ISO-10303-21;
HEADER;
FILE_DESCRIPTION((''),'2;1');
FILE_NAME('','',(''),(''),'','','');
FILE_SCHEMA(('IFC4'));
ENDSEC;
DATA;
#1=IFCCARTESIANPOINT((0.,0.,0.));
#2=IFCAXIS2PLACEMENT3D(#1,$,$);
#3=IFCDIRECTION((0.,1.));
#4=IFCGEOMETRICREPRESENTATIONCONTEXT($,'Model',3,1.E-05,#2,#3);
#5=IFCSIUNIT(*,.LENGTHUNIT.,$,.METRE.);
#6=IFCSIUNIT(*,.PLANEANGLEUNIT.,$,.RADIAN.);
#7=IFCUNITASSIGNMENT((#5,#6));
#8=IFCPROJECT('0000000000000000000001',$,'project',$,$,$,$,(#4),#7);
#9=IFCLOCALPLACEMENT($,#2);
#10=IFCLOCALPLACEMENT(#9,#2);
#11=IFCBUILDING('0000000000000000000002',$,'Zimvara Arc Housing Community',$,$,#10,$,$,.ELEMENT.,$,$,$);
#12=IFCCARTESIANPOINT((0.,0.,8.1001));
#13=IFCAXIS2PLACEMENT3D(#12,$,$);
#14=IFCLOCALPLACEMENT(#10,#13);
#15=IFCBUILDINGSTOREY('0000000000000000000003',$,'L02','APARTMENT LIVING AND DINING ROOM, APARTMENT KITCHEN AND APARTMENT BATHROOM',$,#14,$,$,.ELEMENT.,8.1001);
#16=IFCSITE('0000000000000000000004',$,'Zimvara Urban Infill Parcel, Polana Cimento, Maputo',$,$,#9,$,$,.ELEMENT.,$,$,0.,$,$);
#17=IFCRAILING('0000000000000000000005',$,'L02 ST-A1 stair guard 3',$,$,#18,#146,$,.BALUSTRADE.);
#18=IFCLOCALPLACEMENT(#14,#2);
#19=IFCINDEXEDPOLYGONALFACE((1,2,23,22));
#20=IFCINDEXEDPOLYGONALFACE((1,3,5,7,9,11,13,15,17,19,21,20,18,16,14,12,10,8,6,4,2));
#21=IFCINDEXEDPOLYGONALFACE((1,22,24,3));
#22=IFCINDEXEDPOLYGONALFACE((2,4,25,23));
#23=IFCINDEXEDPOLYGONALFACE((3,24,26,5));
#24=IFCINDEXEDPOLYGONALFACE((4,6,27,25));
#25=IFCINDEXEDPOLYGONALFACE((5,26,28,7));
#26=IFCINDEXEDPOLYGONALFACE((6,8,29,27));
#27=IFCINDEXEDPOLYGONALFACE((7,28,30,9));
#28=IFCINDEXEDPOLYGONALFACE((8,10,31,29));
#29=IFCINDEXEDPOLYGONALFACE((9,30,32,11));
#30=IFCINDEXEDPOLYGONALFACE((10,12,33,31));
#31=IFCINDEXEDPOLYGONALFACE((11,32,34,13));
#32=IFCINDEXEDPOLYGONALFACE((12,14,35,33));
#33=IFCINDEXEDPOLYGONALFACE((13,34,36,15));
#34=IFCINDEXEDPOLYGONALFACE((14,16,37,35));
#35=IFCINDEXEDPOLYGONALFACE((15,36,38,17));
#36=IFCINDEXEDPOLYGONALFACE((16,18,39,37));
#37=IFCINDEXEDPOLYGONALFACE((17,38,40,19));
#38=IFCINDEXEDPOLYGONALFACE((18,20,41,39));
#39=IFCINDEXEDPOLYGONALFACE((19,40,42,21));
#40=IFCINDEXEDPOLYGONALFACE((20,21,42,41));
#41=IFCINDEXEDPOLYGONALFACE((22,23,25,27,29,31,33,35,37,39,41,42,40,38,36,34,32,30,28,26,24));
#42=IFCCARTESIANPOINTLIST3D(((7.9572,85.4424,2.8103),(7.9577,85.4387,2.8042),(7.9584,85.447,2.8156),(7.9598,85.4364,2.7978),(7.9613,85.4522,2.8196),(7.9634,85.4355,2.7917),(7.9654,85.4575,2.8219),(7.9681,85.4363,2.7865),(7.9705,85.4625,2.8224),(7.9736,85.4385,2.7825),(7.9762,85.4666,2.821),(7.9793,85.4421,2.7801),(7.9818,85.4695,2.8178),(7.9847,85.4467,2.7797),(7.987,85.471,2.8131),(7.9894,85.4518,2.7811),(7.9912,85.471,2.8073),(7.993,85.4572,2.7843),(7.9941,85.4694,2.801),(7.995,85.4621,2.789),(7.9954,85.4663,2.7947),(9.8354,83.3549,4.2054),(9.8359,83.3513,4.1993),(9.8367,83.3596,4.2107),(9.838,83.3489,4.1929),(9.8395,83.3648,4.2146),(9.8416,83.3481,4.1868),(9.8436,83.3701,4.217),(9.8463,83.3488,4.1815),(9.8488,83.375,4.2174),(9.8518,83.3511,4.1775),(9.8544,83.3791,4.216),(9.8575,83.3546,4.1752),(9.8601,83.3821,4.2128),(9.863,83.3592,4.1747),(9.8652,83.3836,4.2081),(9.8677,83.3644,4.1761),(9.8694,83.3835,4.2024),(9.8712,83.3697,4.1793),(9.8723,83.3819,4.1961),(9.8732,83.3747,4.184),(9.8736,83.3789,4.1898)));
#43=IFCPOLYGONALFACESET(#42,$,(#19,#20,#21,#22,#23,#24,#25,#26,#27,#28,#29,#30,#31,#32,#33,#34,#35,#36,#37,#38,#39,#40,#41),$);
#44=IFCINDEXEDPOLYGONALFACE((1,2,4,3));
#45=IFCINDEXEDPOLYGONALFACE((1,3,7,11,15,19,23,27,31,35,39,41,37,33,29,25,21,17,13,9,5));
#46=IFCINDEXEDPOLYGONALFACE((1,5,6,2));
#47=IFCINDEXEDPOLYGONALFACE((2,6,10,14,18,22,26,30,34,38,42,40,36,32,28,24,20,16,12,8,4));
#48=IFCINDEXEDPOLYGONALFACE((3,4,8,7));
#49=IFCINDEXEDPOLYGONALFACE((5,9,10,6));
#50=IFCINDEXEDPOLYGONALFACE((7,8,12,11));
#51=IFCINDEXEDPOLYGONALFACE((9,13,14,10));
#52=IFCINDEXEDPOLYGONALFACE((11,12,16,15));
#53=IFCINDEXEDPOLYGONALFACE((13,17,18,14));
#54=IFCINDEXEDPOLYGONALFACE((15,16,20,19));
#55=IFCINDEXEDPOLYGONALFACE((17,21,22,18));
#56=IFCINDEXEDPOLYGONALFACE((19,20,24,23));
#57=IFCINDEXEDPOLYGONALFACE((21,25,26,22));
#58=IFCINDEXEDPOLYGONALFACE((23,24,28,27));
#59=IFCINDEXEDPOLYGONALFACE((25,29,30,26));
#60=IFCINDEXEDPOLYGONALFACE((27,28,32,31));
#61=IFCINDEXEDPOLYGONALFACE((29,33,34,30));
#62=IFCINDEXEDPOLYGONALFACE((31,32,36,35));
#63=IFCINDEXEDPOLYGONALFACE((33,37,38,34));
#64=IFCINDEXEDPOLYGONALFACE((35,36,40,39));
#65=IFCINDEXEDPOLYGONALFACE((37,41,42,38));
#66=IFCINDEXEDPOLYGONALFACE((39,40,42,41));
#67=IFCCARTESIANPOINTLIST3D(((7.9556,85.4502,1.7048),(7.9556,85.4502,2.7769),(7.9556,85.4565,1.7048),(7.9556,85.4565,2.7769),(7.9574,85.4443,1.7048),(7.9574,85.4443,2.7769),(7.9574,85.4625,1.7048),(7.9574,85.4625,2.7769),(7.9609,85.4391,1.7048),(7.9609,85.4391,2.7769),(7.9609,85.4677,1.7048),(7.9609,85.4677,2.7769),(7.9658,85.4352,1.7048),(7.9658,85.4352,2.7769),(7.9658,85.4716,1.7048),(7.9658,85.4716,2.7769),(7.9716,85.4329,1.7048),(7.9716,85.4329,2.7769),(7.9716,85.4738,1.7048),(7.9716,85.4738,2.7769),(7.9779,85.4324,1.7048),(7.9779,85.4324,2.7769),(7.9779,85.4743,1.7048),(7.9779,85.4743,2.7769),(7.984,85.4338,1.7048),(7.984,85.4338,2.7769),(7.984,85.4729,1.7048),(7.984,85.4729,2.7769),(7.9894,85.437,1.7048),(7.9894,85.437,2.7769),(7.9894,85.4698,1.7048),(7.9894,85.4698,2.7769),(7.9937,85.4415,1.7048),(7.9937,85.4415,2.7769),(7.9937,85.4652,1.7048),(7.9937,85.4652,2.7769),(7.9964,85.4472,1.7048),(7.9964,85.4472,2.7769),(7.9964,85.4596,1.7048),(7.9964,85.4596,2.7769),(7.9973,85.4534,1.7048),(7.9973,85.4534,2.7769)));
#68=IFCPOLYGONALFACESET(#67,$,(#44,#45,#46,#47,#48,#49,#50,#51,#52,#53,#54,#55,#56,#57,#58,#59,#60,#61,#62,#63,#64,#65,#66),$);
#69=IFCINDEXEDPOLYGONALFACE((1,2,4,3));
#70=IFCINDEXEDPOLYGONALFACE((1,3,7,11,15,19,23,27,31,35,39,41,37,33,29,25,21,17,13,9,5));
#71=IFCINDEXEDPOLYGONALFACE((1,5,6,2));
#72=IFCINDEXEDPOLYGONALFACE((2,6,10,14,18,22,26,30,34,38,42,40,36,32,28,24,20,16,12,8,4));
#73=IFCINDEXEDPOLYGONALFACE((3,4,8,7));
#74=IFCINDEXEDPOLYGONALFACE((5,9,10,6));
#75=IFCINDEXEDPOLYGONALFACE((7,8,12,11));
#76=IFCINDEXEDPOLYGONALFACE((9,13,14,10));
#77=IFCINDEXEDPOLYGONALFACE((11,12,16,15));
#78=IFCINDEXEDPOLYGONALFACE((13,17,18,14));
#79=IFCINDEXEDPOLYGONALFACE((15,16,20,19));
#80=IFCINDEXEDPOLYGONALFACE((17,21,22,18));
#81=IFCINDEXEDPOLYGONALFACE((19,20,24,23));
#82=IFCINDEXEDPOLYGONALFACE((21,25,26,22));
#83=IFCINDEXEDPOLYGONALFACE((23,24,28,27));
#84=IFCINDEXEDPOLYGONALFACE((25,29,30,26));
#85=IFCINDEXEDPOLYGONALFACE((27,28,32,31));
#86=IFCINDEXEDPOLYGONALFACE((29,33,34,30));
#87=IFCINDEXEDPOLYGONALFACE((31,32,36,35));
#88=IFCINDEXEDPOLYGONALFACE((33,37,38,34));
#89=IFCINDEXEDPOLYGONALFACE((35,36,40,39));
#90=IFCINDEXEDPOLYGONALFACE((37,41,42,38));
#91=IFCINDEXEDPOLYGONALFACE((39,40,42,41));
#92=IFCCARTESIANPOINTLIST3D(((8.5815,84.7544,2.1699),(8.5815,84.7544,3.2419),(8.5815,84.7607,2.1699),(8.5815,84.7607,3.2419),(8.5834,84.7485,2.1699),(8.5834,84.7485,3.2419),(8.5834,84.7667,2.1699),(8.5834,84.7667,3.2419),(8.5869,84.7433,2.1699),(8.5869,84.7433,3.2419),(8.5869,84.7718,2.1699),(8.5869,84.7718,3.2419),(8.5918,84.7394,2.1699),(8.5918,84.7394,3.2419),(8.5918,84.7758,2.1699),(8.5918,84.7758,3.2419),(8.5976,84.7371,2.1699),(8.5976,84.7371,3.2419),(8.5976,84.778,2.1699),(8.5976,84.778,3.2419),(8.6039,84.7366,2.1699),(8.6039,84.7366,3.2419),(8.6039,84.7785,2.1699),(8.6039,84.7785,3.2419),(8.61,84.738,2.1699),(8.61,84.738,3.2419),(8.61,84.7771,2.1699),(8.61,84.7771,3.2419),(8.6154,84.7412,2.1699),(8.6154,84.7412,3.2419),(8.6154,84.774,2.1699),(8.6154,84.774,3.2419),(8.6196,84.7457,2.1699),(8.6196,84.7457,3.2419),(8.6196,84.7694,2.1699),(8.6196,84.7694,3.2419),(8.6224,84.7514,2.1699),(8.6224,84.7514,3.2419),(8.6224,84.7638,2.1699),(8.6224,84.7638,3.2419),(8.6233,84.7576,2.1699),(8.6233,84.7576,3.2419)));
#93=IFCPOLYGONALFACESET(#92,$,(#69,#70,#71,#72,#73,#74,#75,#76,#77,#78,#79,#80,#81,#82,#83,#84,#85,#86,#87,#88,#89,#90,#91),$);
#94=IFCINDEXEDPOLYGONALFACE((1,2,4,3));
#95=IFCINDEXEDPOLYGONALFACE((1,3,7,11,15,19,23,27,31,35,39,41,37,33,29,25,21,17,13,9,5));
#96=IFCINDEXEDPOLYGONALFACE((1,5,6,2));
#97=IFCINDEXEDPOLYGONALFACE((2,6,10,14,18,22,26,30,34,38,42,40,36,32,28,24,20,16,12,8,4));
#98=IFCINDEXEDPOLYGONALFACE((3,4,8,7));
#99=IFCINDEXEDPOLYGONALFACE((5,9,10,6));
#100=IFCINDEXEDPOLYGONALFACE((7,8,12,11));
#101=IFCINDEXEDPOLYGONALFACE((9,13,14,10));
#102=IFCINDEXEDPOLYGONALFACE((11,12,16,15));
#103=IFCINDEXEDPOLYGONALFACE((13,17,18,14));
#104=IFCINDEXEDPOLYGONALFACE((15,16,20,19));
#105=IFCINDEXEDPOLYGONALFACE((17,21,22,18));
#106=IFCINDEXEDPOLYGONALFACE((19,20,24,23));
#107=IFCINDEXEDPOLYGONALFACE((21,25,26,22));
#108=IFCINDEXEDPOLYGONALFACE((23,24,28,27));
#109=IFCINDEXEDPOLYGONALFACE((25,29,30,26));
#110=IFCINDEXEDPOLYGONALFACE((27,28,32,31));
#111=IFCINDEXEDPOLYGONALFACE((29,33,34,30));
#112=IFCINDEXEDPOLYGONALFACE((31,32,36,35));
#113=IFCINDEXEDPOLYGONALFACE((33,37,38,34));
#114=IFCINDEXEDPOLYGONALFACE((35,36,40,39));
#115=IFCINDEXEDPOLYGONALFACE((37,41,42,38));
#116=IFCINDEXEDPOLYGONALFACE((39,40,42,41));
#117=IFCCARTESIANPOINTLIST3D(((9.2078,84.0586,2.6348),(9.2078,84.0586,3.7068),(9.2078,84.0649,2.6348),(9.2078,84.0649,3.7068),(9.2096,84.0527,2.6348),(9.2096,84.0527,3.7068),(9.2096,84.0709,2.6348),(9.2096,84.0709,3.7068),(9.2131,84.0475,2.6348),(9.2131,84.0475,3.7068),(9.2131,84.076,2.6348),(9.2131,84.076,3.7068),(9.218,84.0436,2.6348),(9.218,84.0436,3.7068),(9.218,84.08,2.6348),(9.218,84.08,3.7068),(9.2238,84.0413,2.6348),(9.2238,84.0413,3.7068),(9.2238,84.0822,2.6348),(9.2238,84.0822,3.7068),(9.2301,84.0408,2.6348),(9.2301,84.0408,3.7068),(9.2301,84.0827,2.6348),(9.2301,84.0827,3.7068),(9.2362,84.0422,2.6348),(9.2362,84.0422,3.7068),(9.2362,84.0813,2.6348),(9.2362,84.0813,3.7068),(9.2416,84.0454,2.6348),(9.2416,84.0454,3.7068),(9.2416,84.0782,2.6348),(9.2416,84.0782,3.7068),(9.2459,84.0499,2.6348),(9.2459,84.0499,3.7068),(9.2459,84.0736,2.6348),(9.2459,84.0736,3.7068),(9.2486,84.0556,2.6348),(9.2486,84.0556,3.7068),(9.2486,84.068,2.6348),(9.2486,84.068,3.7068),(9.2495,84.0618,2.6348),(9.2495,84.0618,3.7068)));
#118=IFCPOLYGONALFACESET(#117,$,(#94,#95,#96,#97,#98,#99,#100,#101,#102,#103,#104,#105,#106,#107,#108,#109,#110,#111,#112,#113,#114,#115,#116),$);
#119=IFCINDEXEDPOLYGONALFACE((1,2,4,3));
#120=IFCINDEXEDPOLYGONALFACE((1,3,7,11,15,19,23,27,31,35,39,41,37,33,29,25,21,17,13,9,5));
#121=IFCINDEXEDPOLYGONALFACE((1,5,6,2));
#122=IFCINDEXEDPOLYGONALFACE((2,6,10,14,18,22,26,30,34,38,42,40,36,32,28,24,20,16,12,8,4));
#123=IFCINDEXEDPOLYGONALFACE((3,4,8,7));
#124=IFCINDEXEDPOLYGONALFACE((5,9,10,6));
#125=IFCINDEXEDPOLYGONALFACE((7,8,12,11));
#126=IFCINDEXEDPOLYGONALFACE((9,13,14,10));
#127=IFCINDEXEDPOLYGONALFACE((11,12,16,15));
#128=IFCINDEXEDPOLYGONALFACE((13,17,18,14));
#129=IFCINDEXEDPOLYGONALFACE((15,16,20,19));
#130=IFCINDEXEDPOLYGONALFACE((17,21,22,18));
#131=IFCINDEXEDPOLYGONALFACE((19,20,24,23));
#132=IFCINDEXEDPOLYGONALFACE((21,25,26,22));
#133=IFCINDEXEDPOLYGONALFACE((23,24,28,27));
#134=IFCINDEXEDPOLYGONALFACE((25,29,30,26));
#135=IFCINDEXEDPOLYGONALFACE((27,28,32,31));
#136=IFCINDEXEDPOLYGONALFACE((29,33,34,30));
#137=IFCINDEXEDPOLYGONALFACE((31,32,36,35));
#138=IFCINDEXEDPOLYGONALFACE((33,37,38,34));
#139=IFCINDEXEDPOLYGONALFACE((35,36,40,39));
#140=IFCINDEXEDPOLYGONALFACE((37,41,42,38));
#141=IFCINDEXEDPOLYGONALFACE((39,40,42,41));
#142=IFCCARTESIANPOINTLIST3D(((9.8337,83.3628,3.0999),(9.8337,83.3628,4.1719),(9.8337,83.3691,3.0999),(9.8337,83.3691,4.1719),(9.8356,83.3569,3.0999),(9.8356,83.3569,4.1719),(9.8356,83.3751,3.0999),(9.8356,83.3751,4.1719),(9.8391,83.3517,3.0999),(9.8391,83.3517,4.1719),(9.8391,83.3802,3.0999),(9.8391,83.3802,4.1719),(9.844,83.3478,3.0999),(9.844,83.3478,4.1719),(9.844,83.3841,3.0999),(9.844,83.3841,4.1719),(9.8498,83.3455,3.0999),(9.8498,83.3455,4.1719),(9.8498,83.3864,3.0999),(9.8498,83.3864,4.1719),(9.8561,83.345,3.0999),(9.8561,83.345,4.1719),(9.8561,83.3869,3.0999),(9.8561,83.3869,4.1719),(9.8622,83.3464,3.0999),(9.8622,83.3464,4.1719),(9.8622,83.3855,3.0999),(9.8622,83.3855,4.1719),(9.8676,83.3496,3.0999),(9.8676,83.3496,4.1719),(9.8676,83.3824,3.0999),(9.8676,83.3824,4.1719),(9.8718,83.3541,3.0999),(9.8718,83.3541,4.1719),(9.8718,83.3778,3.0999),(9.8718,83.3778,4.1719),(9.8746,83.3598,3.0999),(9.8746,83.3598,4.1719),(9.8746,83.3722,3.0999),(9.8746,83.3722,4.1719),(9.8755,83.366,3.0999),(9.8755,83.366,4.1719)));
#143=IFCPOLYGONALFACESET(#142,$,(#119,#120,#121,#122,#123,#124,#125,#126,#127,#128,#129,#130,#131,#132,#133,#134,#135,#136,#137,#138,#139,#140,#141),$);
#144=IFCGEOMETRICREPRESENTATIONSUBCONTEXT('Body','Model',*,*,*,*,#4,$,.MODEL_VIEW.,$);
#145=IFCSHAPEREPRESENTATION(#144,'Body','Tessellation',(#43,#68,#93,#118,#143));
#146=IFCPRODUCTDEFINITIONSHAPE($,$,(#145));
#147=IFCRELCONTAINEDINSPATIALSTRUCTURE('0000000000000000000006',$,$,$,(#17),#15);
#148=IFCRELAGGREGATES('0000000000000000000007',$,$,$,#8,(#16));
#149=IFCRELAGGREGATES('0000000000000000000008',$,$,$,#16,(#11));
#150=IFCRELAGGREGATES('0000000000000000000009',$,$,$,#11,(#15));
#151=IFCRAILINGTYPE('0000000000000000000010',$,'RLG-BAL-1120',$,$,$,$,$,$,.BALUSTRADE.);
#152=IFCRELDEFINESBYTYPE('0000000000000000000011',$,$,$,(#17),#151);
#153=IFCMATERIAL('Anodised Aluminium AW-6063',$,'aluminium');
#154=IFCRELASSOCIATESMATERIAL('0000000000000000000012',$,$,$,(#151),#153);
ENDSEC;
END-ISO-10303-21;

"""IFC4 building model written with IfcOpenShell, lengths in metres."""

from ifc_helpers import new_model, si_unit, direction, frame, origin, origin_2d, place, context, subcontext, project, spatial, circle, extrude, material, type_object, element, save


model = new_model("IFC4")

# Units and contexts
model_context = context("Model", 3, precision=1e-05, world=origin(), true_north=direction((0.0, 1.0)))
body_context = subcontext(model_context, "Body", "Model", "MODEL_VIEW")
ifc_project = project(units=[si_unit("LENGTHUNIT", "METRE"), si_unit("PLANEANGLEUNIT", "RADIAN")], contexts=[model_context])

# Site, building, storey
site_placement = place(None, origin())
site = spatial("IfcSite", under=ifc_project, at=site_placement, Name="Zimvara Urban Infill Parcel, Polana Cimento, Maputo", CompositionType="ELEMENT", RefElevation=0.0)
building_placement = place(site_placement, origin())
building = spatial("IfcBuilding", under=site, at=building_placement, Name="Zimvara Arc Housing Community", CompositionType="ELEMENT")
storey_placement = place(building_placement, frame((0.0, 0.0, 8.1001)))
storey = spatial("IfcBuildingStorey", under=building, at=storey_placement, Name="L02", Description="APARTMENT LIVING AND DINING ROOM, APARTMENT KITCHEN AND APARTMENT BATHROOM", CompositionType="ELEMENT", Elevation=8.1001)

# Railing
ifc_material_1 = material(Name="Anodised Aluminium AW-6063", Category="aluminium")
railing_type_1 = type_object("IfcRailingType", Name="RLG-BAL-1120", PredefinedType="BALUSTRADE", material=ifc_material_1)
railing_1_placement = place(storey_placement, frame((7.9763, 85.4534, 1.7048)))
element("IfcRailing", 1, at=railing_1_placement, inside=storey, type_object=railing_type_1, Name="L02 ST-A1 stair guard 3", PredefinedType="BALUSTRADE", context=body_context, shape_type="SweptSolid", body=[
    extrude(circle(Radius=0.0239, at=origin_2d()), frame((0.0, 0.0, 1.0962), z_axis=(0.599018, -0.665749, 0.444923), x_axis=(0.743381, 0.668869, 0.0)), (0.0, 0.0, 1.0), 3.1355),
    extrude(circle(Radius=0.021, at=origin_2d()), origin(), (0.0, 0.0, 1.0), 1.072),
    extrude(circle(Radius=0.021, at=origin_2d()), frame((0.626, -0.6958, 0.4651)), (0.0, 0.0, 1.0), 1.072),
    extrude(circle(Radius=0.021, at=origin_2d()), frame((1.2522, -1.3916, 0.9299)), (0.0, 0.0, 1.0), 1.072),
    extrude(circle(Radius=0.021, at=origin_2d()), frame((1.8782, -2.0874, 1.395)), (0.0, 0.0, 1.0), 1.072),
])

save(model, "model.ifc")
